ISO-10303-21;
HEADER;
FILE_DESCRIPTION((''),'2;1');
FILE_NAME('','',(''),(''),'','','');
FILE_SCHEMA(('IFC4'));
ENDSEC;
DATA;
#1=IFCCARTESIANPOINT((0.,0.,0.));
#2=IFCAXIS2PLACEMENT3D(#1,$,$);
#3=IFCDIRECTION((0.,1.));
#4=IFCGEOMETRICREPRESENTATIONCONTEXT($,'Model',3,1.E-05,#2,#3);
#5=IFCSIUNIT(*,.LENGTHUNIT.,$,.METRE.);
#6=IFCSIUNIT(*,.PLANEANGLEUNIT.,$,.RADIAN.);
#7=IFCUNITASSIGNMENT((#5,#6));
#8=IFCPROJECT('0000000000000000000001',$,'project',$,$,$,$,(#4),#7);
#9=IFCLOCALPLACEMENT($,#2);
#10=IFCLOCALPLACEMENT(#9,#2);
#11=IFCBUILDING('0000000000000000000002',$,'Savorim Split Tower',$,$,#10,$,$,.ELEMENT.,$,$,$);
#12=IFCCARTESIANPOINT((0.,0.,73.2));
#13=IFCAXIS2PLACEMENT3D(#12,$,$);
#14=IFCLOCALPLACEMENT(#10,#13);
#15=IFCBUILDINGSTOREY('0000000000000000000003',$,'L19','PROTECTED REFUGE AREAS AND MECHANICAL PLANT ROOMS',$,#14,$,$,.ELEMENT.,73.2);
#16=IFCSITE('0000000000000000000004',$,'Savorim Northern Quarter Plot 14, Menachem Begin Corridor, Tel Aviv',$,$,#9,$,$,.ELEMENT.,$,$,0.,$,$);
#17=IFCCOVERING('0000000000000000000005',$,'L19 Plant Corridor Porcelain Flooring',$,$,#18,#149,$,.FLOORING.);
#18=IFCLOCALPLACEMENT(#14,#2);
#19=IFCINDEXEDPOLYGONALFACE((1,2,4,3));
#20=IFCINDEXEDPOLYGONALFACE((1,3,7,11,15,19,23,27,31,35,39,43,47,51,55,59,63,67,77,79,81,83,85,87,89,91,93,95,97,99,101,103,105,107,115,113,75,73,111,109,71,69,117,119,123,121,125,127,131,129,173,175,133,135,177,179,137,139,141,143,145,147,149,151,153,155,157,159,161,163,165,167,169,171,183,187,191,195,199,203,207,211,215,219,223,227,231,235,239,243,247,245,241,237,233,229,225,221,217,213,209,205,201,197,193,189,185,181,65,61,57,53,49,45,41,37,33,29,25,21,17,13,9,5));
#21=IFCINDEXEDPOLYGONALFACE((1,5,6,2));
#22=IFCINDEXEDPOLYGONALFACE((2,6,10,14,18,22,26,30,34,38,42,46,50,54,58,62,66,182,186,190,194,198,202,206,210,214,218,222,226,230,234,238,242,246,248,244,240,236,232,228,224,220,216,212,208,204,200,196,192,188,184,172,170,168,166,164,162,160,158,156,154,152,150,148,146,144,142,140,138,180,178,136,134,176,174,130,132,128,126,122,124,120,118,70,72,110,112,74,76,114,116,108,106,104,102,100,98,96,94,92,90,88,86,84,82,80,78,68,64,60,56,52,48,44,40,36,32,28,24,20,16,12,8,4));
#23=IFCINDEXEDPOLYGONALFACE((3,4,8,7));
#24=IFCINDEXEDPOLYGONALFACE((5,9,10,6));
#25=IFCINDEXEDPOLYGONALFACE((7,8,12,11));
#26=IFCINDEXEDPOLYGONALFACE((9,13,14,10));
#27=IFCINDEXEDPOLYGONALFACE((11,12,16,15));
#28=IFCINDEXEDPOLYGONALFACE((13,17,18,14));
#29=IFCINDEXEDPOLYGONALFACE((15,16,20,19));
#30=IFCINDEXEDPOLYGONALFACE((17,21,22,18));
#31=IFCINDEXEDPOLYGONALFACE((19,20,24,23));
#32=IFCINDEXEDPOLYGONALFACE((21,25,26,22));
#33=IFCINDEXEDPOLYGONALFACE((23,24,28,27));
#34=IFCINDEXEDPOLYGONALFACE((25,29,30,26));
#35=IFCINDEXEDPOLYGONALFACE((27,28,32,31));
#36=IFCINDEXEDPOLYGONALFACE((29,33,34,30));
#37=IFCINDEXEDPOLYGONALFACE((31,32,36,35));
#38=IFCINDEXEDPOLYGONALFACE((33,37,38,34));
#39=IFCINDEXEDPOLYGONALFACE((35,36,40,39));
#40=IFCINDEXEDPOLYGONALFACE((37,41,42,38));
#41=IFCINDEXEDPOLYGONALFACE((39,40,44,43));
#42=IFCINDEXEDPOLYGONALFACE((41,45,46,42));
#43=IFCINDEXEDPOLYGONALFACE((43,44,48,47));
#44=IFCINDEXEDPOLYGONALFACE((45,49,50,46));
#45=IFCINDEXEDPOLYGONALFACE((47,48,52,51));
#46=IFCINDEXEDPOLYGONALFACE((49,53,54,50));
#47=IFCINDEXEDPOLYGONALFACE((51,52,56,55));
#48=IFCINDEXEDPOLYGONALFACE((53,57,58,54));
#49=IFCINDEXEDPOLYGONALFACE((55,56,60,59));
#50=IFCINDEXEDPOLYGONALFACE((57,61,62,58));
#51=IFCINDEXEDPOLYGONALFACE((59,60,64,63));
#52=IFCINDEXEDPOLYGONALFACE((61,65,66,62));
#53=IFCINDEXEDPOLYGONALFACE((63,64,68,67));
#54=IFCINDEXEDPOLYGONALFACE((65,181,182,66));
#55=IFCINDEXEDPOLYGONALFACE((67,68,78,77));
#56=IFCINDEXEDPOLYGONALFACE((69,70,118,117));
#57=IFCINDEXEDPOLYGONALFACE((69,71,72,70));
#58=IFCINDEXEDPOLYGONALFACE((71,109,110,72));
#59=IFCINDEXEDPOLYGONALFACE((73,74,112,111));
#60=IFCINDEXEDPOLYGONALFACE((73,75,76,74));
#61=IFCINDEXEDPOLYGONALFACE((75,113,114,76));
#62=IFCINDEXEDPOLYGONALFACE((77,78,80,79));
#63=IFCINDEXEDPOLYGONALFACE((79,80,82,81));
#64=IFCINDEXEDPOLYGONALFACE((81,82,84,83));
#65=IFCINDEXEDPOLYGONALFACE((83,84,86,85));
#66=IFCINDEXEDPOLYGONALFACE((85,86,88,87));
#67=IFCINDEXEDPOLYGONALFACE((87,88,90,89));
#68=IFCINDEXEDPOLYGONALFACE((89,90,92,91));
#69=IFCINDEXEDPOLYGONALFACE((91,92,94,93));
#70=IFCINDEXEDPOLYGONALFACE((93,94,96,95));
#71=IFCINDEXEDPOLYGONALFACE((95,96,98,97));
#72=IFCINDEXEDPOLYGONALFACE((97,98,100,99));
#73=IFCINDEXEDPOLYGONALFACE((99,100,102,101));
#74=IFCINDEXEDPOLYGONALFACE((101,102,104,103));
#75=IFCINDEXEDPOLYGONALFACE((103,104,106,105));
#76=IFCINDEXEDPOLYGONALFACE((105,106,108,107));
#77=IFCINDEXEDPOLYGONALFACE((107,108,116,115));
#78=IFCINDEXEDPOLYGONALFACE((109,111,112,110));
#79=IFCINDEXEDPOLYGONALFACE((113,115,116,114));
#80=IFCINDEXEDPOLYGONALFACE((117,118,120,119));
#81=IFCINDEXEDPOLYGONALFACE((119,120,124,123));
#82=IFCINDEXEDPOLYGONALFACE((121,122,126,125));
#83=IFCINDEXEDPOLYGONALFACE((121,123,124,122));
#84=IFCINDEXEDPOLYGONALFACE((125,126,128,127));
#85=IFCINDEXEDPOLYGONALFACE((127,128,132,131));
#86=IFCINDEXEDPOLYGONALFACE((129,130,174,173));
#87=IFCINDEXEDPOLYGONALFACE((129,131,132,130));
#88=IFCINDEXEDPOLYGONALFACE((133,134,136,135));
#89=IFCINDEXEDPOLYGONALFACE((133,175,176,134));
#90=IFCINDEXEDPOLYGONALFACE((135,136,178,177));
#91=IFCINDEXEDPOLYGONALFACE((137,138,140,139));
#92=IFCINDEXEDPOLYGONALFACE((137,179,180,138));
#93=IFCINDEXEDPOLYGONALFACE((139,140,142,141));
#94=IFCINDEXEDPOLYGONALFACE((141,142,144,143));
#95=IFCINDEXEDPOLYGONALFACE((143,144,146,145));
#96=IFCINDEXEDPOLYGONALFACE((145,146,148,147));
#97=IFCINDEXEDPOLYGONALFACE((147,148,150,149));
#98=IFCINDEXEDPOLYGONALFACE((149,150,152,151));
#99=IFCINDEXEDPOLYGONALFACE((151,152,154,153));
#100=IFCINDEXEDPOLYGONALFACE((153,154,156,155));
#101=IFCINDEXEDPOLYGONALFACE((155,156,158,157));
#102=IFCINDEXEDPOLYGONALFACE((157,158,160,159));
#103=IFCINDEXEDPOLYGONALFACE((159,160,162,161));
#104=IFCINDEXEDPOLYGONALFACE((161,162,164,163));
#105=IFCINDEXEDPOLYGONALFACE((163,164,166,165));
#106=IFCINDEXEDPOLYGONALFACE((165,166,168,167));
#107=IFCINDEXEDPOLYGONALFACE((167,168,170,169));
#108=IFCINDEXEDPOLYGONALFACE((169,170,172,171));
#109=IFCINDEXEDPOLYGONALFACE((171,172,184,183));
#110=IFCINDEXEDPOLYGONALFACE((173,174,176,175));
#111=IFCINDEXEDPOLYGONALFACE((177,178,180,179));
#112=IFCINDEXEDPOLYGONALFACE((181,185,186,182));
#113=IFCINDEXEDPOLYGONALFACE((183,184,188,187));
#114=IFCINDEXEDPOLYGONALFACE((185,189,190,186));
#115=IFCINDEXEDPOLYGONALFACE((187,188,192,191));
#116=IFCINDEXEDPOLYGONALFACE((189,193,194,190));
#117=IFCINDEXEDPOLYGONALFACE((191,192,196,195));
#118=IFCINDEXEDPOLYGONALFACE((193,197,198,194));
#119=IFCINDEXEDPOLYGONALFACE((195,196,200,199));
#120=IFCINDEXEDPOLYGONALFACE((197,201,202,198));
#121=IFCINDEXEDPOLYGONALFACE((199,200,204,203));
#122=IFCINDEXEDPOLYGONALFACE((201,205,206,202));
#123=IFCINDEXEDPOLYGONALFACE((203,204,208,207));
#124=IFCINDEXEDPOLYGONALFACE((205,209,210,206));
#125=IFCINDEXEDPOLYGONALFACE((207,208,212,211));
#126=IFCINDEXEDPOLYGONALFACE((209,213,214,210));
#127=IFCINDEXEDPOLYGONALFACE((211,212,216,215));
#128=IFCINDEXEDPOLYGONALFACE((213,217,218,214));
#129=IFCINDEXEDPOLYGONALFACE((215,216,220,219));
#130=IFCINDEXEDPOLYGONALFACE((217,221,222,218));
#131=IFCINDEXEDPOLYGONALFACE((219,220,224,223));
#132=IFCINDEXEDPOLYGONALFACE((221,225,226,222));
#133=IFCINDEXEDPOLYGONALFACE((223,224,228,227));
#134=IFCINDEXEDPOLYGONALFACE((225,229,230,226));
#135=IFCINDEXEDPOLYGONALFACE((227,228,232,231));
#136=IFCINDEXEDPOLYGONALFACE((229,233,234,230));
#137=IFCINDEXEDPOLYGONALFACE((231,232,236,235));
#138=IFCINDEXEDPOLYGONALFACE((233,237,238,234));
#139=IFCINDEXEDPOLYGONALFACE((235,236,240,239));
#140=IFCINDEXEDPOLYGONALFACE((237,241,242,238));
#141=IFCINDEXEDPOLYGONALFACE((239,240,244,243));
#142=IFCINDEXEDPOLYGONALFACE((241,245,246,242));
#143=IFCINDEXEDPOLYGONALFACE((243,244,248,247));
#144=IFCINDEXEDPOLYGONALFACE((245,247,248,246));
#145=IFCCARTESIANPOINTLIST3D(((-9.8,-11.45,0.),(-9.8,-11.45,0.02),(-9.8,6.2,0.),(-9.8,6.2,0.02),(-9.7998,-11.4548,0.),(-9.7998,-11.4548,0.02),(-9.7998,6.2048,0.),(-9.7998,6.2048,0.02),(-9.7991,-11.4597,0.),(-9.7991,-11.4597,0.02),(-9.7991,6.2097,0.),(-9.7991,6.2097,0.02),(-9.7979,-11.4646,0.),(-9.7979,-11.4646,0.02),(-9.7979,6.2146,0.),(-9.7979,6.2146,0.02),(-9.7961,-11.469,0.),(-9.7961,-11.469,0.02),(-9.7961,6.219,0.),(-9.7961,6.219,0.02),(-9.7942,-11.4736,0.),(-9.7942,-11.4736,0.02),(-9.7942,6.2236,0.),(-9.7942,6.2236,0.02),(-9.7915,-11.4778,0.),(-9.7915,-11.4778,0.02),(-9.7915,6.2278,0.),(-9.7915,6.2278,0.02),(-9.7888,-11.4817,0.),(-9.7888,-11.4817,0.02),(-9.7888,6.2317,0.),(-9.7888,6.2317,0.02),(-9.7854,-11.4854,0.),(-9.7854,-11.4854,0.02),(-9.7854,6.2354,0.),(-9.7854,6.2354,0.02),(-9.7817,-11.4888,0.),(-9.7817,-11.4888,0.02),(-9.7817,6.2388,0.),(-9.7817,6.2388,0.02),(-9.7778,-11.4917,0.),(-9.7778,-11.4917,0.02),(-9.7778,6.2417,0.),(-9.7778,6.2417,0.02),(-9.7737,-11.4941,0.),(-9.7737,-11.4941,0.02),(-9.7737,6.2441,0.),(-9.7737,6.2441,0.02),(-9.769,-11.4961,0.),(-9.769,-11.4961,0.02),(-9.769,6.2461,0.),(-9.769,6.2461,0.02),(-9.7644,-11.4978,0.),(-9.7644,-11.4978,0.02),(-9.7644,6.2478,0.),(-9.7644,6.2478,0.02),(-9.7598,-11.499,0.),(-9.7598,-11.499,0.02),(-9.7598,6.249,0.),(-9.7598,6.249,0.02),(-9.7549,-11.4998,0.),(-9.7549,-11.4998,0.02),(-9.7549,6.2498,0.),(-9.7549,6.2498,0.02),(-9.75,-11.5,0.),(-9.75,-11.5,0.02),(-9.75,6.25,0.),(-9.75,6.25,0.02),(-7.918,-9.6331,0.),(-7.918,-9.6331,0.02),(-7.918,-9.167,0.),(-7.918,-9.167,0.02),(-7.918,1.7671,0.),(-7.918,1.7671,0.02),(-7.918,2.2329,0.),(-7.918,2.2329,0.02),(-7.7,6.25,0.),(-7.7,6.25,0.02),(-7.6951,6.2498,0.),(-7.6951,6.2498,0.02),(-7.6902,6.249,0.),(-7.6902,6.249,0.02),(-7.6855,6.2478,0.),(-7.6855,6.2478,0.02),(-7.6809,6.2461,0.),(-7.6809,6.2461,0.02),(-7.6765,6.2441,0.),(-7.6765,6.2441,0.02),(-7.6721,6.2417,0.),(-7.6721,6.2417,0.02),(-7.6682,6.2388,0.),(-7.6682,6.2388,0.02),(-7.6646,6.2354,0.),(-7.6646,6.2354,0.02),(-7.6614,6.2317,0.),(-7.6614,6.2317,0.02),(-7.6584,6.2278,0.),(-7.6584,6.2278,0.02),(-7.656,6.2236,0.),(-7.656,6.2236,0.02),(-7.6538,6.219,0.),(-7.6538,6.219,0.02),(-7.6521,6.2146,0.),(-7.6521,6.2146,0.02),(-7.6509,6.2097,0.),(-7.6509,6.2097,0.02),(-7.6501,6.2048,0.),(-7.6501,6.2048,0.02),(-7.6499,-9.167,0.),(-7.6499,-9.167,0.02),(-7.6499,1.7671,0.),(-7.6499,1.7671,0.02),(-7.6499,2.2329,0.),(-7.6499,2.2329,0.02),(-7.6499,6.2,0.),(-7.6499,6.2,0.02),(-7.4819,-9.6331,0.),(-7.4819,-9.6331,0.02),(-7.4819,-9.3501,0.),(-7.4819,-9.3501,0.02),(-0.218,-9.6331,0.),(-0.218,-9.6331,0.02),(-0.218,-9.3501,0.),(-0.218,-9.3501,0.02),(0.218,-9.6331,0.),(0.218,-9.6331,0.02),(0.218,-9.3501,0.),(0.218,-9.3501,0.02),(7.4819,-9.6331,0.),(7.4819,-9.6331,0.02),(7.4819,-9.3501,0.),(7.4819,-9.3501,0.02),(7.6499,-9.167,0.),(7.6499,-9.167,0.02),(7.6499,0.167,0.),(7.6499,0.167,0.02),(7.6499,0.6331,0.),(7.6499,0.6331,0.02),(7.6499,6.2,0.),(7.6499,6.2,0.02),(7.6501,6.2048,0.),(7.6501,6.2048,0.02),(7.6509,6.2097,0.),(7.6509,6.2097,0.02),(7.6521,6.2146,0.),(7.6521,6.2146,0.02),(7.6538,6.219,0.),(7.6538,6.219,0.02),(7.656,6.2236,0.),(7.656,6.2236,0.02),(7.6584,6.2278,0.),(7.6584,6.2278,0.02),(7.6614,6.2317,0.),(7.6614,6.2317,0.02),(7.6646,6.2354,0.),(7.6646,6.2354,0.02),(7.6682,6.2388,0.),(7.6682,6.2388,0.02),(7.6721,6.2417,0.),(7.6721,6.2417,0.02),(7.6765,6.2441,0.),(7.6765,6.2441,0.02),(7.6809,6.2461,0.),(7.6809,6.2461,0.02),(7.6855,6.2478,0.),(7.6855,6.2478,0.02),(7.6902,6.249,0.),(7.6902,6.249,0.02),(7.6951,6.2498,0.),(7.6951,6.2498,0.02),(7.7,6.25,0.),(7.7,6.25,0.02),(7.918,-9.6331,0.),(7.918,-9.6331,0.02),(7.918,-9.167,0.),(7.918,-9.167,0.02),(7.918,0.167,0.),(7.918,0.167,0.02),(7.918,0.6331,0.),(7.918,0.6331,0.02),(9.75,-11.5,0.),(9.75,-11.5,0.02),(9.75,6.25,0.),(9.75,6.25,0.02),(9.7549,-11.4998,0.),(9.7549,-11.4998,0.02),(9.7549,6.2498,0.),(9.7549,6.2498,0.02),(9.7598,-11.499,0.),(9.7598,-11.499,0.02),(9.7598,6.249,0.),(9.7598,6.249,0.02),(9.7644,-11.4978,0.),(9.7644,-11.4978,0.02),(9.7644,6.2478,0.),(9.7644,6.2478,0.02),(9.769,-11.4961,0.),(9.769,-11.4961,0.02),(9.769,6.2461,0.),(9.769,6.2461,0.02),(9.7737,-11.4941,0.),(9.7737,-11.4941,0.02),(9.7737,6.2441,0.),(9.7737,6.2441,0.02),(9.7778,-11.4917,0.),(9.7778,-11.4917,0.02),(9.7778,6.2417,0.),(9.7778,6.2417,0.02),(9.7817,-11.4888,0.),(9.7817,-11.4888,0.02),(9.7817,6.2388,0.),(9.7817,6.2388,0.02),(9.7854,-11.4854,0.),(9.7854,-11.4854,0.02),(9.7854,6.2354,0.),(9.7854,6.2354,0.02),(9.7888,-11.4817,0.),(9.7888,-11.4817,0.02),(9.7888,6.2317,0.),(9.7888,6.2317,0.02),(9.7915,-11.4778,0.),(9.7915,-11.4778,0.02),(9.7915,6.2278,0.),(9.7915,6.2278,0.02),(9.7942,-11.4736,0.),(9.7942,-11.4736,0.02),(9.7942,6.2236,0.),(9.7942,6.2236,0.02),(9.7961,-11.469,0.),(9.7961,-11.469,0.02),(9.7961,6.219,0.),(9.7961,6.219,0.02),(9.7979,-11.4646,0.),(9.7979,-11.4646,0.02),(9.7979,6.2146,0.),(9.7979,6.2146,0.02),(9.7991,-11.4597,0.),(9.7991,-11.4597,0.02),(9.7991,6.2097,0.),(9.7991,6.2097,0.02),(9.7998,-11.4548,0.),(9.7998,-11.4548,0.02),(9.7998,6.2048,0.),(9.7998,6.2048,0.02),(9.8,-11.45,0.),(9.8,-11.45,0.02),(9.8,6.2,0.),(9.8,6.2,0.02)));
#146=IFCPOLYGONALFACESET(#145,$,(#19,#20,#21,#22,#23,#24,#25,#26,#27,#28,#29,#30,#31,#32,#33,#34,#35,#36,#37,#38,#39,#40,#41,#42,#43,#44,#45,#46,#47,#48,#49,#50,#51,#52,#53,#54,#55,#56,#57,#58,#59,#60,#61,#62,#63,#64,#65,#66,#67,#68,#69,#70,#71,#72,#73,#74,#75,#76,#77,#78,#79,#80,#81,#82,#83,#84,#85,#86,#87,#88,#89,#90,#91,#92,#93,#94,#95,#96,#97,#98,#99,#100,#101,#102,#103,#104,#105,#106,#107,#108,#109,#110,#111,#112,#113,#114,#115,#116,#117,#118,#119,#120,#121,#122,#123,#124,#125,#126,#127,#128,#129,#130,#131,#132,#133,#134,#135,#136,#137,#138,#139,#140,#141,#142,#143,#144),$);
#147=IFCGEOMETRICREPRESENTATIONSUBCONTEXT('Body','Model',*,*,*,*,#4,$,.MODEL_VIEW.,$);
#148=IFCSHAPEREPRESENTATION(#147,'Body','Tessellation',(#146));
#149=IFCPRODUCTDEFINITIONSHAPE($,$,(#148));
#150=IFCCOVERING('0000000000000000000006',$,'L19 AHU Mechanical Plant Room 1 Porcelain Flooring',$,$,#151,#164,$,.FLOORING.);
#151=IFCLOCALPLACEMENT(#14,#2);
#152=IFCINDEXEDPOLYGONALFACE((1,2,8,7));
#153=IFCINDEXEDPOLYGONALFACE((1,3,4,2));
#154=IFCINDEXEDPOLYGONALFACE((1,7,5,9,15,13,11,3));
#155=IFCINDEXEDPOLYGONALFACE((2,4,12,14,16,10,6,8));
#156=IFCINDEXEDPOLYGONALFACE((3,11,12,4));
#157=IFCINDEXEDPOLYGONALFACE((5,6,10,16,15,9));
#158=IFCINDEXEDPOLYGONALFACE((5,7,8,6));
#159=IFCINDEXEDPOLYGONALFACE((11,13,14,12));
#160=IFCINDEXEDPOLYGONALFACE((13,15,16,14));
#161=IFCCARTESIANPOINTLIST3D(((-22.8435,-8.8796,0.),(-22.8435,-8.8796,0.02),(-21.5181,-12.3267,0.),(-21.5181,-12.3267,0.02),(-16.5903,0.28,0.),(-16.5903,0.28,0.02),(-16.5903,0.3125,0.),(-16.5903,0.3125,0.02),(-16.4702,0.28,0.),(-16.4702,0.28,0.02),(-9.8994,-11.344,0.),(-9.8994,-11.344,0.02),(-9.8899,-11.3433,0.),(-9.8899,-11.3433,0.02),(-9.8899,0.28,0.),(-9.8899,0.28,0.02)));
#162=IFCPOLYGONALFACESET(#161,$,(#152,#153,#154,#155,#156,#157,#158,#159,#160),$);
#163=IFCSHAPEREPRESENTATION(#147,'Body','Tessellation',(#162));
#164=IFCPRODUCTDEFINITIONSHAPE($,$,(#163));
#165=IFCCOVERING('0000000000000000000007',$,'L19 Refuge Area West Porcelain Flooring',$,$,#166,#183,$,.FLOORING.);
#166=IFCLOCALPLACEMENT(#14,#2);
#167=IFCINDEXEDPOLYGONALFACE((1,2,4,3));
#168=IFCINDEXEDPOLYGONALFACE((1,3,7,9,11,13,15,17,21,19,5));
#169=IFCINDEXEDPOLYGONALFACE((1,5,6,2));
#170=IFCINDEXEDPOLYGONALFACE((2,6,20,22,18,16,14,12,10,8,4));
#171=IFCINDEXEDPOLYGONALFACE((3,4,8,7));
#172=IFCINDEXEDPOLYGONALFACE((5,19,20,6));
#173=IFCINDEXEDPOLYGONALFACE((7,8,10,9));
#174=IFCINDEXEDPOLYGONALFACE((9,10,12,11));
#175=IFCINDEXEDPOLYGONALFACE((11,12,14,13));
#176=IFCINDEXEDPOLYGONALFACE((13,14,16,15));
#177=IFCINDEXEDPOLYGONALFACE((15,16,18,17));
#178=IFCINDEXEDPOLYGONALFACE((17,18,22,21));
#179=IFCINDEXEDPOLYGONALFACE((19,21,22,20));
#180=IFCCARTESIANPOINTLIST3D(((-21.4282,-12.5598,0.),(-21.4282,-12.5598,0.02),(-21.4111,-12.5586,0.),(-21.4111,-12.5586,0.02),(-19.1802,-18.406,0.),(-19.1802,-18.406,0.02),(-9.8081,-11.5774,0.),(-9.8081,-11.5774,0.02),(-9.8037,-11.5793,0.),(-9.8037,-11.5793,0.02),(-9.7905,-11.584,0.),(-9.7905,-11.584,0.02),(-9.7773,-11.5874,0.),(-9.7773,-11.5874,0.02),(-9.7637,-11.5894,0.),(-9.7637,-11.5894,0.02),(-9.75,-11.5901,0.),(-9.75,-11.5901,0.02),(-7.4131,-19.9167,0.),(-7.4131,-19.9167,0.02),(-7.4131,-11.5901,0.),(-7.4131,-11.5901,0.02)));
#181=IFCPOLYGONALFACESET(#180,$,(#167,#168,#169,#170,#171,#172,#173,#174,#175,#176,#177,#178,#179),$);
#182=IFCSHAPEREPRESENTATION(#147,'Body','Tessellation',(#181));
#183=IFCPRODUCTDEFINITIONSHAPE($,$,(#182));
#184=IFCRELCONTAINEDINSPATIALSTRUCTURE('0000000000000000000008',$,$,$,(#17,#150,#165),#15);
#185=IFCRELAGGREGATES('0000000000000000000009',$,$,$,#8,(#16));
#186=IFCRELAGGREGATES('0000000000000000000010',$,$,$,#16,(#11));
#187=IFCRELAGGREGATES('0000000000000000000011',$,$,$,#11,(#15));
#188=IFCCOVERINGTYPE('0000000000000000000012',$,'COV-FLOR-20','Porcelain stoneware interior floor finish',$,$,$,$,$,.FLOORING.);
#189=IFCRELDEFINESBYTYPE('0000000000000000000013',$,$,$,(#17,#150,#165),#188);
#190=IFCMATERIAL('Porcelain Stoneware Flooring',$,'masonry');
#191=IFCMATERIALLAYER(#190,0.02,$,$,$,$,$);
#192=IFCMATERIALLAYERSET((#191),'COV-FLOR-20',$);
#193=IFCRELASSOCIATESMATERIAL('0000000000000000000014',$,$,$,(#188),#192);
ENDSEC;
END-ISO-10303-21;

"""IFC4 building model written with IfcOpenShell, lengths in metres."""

from ifc_helpers import new_model, si_unit, direction, frame, origin, place, context, subcontext, project, spatial, polyline, outline, extrude, material, layer, layer_set, type_object, element, save


model = new_model("IFC4")

# Units and contexts
model_context = context("Model", 3, precision=1e-05, world=origin(), true_north=direction((0.0, 1.0)))
body_context = subcontext(model_context, "Body", "Model", "MODEL_VIEW")
ifc_project = project(units=[si_unit("LENGTHUNIT", "METRE"), si_unit("PLANEANGLEUNIT", "RADIAN")], contexts=[model_context])

# Site, building, storey
site_placement = place(None, origin())
site = spatial("IfcSite", under=ifc_project, at=site_placement, Name="Savorim Northern Quarter Plot 14, Menachem Begin Corridor, Tel Aviv", CompositionType="ELEMENT", RefElevation=0.0)
building_placement = place(site_placement, origin())
building = spatial("IfcBuilding", under=site, at=building_placement, Name="Savorim Split Tower", CompositionType="ELEMENT")
storey_placement = place(building_placement, frame((0.0, 0.0, 73.2)))
storey = spatial("IfcBuildingStorey", under=building, at=storey_placement, Name="L19", Description="PROTECTED REFUGE AREAS AND MECHANICAL PLANT ROOMS", CompositionType="ELEMENT", Elevation=73.2)

# Coverings
ifc_material_1 = material(Name="Porcelain Stoneware Flooring", Category="masonry")
ifc_layer_1 = layer(ifc_material_1, 0.02)
ifc_layer_set_1 = layer_set([ifc_layer_1], Name="COV-FLOR-20")
covering_type_1 = type_object("IfcCoveringType", Name="COV-FLOR-20", Description="Porcelain stoneware interior floor finish", PredefinedType="FLOORING", material=ifc_layer_set_1)
covering_1_placement = place(storey_placement, origin())
element("IfcCovering", 1, at=covering_1_placement, inside=storey, type_object=covering_type_1, Name="L19 Plant Corridor Porcelain Flooring", PredefinedType="FLOORING", context=body_context, shape_type="SweptSolid", body=[
    extrude(outline(polyline([(7.918, 0.167), (7.6499, 0.167), (7.6499, -9.167), (7.918, -9.167), (7.918, -9.6331), (7.4819, -9.6331), (7.4819, -9.3501), (0.218, -9.3501), (0.218, -9.6331), (-0.218, -9.6331), (-0.218, -9.3501), (-7.4819, -9.3501), (-7.4819, -9.6331), (-7.918, -9.6331), (-7.918, -9.167), (-7.6499, -9.167), (-7.6499, 1.7671), (-7.918, 1.7671), (-7.918, 2.2329), (-7.6499, 2.2329), (-7.6499, 6.2), (-7.6501, 6.2048), (-7.6509, 6.2097), (-7.6521, 6.2146), (-7.6538, 6.219), (-7.656, 6.2236), (-7.6584, 6.2278), (-7.6614, 6.2317), (-7.6646, 6.2354), (-7.6682, 6.2388), (-7.6721, 6.2417), (-7.6765, 6.2441), (-7.6809, 6.2461), (-7.6855, 6.2478), (-7.6902, 6.249), (-7.6951, 6.2498), (-7.7, 6.25), (-9.75, 6.25), (-9.7549, 6.2498), (-9.7598, 6.249), (-9.7644, 6.2478), (-9.769, 6.2461), (-9.7737, 6.2441), (-9.7778, 6.2417), (-9.7817, 6.2388), (-9.7854, 6.2354), (-9.7888, 6.2317), (-9.7915, 6.2278), (-9.7942, 6.2236), (-9.7961, 6.219), (-9.7979, 6.2146), (-9.7991, 6.2097), (-9.7998, 6.2048), (-9.8, 6.2), (-9.8, -11.45), (-9.7998, -11.4548), (-9.7991, -11.4597), (-9.7979, -11.4646), (-9.7961, -11.469), (-9.7942, -11.4736), (-9.7915, -11.4778), (-9.7888, -11.4817), (-9.7854, -11.4854), (-9.7817, -11.4888), (-9.7778, -11.4917), (-9.7737, -11.4941), (-9.769, -11.4961), (-9.7644, -11.4978), (-9.7598, -11.499), (-9.7549, -11.4998), (-9.75, -11.5), (9.75, -11.5), (9.7549, -11.4998), (9.7598, -11.499), (9.7644, -11.4978), (9.769, -11.4961), (9.7737, -11.4941), (9.7778, -11.4917), (9.7817, -11.4888), (9.7854, -11.4854), (9.7888, -11.4817), (9.7915, -11.4778), (9.7942, -11.4736), (9.7961, -11.469), (9.7979, -11.4646), (9.7991, -11.4597), (9.7998, -11.4548), (9.8, -11.45), (9.8, 6.2), (9.7998, 6.2048), (9.7991, 6.2097), (9.7979, 6.2146), (9.7961, 6.219), (9.7942, 6.2236), (9.7915, 6.2278), (9.7888, 6.2317), (9.7854, 6.2354), (9.7817, 6.2388), (9.7778, 6.2417), (9.7737, 6.2441), (9.769, 6.2461), (9.7644, 6.2478), (9.7598, 6.249), (9.7549, 6.2498), (9.75, 6.25), (7.7, 6.25), (7.6951, 6.2498), (7.6902, 6.249), (7.6855, 6.2478), (7.6809, 6.2461), (7.6765, 6.2441), (7.6721, 6.2417), (7.6682, 6.2388), (7.6646, 6.2354), (7.6614, 6.2317), (7.6584, 6.2278), (7.656, 6.2236), (7.6538, 6.219), (7.6521, 6.2146), (7.6509, 6.2097), (7.6501, 6.2048), (7.6499, 6.2), (7.6499, 0.6331), (7.918, 0.6331), (7.918, 0.167)])), origin(), (0.0, 0.0, 1.0), 0.02),
])
covering_2_placement = place(storey_placement, origin())
element("IfcCovering", 2, at=covering_2_placement, inside=storey, type_object=covering_type_1, Name="L19 AHU Mechanical Plant Room 1 Porcelain Flooring", PredefinedType="FLOORING", context=body_context, shape_type="SweptSolid", body=[
    extrude(outline(polyline([(-16.5903, 0.28), (-16.5903, 0.3125), (-22.8435, -8.8796), (-21.5181, -12.3267), (-9.8994, -11.344), (-9.8899, -11.3433), (-9.8899, 0.28), (-16.4702, 0.28), (-16.5903, 0.28)])), origin(), (0.0, 0.0, 1.0), 0.02),
])
covering_3_placement = place(storey_placement, origin())
element("IfcCovering", 3, at=covering_3_placement, inside=storey, type_object=covering_type_1, Name="L19 Refuge Area West Porcelain Flooring", PredefinedType="FLOORING", context=body_context, shape_type="SweptSolid", body=[
    extrude(outline(polyline([(-21.4111, -12.5586), (-21.4282, -12.5598), (-19.1802, -18.406), (-7.4131, -19.9167), (-7.4131, -11.5901), (-9.75, -11.5901), (-9.7637, -11.5894), (-9.7773, -11.5874), (-9.7905, -11.584), (-9.8037, -11.5793), (-9.8081, -11.5774), (-21.4111, -12.5586)])), origin(), (0.0, 0.0, 1.0), 0.02),
])

save(model, "model.ifc")
